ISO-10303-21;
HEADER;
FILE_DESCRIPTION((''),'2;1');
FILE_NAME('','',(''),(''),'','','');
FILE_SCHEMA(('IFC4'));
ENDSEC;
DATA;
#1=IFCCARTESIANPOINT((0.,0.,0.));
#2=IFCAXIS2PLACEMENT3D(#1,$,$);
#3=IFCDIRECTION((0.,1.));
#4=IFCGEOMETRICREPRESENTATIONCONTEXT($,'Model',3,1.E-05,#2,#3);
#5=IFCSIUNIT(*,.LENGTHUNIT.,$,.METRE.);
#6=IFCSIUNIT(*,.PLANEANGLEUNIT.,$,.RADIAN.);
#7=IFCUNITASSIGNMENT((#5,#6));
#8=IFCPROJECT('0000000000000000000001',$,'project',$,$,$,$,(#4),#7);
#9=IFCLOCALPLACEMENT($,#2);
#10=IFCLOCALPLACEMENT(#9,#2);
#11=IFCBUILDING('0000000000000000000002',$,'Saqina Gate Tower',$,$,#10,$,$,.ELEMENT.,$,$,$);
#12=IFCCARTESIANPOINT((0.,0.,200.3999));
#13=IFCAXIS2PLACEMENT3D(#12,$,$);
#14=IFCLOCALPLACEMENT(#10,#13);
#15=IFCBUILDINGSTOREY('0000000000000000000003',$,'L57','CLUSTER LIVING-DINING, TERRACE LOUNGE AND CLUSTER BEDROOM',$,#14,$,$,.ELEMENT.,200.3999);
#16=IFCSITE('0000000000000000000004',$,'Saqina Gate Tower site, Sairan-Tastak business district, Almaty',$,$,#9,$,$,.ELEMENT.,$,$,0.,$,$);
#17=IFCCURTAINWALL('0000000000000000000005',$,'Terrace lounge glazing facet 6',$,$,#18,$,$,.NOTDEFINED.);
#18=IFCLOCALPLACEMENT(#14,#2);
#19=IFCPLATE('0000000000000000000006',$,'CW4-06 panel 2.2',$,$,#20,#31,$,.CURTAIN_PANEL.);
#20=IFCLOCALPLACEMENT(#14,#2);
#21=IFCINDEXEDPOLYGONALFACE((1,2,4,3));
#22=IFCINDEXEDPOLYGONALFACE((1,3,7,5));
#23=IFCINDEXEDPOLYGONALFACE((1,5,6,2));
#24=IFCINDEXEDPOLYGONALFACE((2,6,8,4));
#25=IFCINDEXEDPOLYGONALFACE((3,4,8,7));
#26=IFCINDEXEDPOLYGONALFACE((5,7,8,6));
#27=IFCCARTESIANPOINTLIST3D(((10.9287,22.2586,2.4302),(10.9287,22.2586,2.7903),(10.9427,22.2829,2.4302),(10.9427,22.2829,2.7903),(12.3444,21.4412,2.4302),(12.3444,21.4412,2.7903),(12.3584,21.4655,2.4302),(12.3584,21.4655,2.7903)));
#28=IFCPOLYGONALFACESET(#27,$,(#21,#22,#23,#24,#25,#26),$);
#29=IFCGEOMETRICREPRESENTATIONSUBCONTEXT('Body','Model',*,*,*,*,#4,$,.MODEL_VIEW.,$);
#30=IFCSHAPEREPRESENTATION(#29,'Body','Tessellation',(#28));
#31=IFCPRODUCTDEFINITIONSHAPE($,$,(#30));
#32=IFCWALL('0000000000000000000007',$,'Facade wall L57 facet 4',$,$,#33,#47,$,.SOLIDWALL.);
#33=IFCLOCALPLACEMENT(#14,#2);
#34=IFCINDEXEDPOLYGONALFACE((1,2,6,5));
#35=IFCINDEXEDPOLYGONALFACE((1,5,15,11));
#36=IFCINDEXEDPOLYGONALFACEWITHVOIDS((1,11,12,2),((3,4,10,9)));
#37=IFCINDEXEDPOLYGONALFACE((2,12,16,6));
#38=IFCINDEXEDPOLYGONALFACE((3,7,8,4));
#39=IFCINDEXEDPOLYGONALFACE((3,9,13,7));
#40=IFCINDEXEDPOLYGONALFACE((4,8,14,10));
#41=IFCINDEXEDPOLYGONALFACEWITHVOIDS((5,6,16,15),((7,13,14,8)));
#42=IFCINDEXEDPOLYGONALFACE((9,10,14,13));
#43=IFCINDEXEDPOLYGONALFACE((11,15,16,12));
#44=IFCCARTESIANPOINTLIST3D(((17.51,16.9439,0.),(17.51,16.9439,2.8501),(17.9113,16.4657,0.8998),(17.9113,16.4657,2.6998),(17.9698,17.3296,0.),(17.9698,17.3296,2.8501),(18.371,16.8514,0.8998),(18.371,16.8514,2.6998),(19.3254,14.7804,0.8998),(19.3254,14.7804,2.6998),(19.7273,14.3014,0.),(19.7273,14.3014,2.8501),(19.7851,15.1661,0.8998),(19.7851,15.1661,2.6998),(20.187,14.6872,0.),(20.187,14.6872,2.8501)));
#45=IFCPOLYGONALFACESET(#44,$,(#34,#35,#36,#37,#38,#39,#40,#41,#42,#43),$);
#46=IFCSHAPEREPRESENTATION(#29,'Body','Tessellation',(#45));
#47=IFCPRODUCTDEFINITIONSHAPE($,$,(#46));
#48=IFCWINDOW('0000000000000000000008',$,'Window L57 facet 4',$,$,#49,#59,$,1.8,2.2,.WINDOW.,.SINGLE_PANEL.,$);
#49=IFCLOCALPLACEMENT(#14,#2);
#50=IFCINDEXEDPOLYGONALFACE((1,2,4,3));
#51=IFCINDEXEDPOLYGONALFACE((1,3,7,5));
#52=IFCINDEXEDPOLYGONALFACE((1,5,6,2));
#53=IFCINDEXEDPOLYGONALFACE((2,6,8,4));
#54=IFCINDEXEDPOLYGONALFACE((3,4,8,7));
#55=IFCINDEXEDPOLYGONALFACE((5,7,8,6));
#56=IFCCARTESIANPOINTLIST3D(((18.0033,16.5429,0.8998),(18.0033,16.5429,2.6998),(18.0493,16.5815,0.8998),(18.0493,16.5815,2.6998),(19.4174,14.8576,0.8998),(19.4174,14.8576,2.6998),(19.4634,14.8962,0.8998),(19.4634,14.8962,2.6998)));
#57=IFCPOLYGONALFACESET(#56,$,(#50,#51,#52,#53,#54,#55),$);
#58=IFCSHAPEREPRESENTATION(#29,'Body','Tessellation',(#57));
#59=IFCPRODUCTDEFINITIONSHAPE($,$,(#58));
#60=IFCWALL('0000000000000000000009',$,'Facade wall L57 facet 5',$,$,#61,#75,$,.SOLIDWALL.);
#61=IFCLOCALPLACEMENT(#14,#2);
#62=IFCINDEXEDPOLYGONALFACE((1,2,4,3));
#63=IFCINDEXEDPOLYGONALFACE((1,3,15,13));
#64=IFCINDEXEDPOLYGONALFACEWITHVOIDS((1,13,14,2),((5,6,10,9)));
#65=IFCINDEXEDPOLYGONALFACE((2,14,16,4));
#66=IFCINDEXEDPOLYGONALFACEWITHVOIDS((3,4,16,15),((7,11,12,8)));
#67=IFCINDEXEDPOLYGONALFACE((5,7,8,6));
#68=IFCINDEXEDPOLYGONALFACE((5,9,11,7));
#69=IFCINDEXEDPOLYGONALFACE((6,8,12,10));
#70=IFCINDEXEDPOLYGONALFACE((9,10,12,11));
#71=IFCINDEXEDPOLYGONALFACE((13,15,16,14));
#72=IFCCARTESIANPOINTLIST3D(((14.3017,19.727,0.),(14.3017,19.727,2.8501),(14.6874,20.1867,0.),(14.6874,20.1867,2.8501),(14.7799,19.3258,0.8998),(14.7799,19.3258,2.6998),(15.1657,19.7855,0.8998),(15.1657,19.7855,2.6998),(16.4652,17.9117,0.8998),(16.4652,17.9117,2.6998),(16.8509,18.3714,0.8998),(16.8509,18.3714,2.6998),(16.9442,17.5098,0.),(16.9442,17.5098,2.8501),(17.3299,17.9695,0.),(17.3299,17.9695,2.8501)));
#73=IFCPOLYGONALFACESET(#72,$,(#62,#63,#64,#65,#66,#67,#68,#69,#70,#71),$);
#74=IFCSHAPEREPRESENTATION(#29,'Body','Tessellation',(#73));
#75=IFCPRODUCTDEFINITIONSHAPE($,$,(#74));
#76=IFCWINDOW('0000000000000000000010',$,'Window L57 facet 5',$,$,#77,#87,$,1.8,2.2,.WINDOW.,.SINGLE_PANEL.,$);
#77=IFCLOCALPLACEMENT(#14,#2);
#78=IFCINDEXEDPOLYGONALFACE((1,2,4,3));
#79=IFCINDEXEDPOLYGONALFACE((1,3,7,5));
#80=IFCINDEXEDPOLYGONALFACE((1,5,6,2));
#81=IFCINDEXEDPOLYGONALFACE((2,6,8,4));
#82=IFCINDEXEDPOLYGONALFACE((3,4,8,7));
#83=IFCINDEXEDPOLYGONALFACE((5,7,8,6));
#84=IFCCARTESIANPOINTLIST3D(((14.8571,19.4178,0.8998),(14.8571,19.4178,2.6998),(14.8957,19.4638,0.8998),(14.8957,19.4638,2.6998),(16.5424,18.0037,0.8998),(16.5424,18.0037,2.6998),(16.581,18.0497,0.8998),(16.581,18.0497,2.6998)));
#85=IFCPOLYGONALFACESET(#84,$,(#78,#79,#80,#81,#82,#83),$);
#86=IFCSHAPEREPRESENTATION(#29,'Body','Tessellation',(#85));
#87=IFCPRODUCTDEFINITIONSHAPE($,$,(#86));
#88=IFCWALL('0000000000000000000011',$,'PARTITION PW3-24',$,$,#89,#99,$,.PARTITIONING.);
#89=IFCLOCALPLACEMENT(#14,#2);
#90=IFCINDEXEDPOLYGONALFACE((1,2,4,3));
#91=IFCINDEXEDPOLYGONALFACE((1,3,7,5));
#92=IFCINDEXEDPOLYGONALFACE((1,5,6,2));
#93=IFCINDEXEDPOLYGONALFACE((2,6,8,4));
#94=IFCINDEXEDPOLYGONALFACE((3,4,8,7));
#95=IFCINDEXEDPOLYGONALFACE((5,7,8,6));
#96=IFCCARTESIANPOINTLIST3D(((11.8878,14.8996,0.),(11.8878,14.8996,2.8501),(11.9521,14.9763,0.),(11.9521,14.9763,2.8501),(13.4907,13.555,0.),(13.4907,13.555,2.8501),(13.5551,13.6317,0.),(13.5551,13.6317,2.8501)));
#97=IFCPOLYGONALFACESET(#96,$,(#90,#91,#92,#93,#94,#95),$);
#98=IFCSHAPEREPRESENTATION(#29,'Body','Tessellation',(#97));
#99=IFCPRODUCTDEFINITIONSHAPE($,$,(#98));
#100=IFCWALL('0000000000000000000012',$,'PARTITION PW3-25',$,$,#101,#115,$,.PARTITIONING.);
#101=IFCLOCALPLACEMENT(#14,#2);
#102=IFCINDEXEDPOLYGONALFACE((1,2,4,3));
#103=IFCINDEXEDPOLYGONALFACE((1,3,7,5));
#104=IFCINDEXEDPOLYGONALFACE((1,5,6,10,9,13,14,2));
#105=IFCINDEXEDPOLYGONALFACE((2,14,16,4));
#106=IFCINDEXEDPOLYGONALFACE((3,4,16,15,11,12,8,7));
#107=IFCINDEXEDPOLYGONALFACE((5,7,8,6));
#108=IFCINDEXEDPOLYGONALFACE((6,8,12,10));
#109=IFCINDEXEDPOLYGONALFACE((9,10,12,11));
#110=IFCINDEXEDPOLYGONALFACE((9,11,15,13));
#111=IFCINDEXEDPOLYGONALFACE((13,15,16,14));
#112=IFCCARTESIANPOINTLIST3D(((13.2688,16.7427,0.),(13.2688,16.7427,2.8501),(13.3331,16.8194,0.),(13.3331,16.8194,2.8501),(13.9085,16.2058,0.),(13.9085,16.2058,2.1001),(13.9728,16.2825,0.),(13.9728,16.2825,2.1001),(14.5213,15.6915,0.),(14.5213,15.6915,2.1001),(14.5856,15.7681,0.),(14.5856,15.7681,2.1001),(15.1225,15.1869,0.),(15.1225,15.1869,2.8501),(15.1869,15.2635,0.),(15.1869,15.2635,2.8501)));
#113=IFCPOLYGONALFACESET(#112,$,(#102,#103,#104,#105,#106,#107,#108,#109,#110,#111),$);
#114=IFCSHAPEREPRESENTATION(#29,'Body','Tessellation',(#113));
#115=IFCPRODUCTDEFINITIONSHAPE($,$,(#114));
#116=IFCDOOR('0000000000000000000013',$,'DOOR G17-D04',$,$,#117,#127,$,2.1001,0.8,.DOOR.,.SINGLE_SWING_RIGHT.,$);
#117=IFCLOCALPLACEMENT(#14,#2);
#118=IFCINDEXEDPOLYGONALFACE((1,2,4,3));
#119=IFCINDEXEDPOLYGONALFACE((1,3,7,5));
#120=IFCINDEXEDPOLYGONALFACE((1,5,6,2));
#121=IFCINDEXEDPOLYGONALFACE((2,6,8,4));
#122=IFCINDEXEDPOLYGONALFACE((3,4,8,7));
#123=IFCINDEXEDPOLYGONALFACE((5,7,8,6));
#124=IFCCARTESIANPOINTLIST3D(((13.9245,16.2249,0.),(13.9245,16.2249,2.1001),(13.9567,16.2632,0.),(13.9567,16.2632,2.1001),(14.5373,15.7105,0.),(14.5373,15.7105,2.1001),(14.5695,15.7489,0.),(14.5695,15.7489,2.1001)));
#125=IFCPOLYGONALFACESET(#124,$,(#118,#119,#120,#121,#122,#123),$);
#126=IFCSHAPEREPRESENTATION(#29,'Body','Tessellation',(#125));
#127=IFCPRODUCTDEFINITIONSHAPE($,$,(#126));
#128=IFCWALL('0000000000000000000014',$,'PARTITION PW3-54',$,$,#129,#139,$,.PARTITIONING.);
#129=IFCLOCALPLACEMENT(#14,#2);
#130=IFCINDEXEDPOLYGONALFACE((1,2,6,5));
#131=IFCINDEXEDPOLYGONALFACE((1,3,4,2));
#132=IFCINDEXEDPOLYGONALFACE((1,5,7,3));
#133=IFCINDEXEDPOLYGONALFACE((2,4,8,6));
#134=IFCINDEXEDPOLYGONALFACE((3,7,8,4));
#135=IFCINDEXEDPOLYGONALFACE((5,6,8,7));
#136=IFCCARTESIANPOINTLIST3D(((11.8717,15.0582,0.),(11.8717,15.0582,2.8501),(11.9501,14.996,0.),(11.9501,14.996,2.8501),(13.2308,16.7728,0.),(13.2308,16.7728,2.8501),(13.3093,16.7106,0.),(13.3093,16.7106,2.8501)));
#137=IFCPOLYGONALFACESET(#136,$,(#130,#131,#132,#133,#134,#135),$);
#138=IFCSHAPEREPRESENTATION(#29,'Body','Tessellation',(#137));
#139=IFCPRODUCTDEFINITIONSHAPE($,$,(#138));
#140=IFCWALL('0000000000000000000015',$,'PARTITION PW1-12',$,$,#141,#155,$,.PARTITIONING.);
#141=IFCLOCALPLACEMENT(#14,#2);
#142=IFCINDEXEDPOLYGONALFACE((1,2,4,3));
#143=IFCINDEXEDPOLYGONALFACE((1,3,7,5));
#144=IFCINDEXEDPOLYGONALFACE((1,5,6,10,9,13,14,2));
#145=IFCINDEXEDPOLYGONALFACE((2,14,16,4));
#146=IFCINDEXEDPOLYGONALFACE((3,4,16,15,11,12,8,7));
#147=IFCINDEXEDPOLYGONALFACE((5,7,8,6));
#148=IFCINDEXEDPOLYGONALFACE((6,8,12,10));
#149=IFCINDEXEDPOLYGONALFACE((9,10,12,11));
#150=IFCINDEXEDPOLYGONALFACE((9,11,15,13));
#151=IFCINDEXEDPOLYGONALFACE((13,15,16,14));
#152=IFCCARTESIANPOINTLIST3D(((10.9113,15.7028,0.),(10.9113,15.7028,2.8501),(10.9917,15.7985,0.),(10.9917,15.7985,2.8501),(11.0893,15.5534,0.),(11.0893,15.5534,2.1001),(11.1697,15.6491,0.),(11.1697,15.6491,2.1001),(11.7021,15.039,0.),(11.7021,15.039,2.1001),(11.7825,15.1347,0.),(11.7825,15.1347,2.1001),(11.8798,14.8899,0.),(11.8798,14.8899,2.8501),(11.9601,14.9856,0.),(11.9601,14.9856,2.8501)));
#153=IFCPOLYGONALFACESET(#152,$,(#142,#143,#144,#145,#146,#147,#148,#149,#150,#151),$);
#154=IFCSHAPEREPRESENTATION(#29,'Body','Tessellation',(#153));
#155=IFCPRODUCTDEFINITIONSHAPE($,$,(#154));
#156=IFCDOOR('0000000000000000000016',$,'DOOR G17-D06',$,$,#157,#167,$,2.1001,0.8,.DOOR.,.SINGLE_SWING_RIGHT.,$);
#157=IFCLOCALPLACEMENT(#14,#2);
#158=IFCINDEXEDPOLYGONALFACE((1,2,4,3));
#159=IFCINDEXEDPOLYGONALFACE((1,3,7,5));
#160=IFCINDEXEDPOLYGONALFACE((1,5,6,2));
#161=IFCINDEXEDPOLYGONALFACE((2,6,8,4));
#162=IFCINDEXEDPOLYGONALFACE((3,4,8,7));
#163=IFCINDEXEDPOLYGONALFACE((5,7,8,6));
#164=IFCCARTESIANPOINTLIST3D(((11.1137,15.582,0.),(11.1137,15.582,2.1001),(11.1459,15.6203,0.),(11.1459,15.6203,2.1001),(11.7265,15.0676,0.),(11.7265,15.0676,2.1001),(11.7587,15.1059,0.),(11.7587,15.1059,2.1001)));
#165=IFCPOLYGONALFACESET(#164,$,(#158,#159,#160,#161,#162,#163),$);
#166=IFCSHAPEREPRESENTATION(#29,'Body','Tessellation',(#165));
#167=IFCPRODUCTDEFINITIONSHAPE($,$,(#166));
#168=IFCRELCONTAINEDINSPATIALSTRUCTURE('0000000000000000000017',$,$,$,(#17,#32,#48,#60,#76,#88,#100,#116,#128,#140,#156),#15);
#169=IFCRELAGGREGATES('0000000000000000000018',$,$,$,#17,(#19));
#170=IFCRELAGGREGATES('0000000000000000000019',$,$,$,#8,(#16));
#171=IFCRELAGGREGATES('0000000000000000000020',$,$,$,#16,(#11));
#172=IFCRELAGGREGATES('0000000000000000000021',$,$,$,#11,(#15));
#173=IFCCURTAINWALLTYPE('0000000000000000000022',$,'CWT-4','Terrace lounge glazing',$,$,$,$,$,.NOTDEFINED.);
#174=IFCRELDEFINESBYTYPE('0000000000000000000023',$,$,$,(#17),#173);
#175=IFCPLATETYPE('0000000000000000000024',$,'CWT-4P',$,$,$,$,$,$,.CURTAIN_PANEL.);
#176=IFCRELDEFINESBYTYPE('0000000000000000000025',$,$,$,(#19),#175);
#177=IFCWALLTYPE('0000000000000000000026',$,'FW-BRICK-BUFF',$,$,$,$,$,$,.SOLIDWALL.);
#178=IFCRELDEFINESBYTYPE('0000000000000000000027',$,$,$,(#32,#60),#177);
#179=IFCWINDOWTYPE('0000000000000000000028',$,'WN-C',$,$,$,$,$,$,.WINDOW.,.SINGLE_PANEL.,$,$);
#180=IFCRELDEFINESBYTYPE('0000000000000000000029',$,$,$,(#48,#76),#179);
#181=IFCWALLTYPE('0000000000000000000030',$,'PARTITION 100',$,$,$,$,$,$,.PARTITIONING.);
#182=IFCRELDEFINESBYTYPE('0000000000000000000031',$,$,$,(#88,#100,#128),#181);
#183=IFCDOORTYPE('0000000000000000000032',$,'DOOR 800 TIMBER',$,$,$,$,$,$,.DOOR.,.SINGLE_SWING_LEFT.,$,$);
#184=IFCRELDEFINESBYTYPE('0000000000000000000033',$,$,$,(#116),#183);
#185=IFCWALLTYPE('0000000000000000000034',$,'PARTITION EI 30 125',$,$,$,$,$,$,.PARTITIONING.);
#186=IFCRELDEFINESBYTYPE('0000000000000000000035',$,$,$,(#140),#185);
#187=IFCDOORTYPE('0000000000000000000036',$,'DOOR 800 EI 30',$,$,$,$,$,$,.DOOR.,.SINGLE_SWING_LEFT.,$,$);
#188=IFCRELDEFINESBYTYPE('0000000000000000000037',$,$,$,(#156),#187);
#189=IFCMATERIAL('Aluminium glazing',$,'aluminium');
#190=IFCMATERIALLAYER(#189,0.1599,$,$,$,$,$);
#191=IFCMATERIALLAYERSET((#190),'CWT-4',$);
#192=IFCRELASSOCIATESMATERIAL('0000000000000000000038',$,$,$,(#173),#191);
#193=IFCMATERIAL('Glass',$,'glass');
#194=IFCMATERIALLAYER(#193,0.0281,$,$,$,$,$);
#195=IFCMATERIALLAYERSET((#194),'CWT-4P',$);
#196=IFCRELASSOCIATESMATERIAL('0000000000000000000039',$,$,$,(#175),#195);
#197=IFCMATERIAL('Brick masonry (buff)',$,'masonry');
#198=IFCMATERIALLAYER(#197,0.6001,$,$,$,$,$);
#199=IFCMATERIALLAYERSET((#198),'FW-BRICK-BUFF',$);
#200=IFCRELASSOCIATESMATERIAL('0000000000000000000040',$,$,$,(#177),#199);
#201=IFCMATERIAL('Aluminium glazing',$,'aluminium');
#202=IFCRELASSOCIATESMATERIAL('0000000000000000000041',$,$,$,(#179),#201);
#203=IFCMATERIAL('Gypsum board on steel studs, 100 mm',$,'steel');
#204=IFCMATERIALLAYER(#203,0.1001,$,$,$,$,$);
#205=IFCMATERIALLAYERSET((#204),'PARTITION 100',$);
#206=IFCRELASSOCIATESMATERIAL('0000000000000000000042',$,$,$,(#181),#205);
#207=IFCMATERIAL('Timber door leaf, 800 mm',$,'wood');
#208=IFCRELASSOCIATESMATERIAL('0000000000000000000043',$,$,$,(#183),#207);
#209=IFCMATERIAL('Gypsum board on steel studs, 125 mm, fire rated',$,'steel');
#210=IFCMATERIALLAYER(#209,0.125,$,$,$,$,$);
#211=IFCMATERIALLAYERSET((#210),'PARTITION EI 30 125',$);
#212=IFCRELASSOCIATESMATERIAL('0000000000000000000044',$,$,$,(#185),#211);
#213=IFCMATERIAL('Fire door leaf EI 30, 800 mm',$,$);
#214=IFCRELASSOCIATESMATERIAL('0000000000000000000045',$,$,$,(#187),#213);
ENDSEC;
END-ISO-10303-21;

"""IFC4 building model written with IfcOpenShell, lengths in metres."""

from ifc_helpers import new_model, si_unit, direction, frame, frame_2d, origin, origin_2d, place, context, subcontext, project, spatial, rectangle, extrude, material, layer, layer_set, type_object, element, fill, aggregate, save


model = new_model("IFC4")

# Units and contexts
model_context = context("Model", 3, precision=1e-05, world=origin(), true_north=direction((0.0, 1.0)))
body_context = subcontext(model_context, "Body", "Model", "MODEL_VIEW")
ifc_project = project(units=[si_unit("LENGTHUNIT", "METRE"), si_unit("PLANEANGLEUNIT", "RADIAN")], contexts=[model_context])

# Site, building, storey
site_placement = place(None, origin())
site = spatial("IfcSite", under=ifc_project, at=site_placement, Name="Saqina Gate Tower site, Sairan-Tastak business district, Almaty", CompositionType="ELEMENT", RefElevation=0.0)
building_placement = place(site_placement, origin())
building = spatial("IfcBuilding", under=site, at=building_placement, Name="Saqina Gate Tower", CompositionType="ELEMENT")
storey_placement = place(building_placement, frame((0.0, 0.0, 200.3999)))
storey = spatial("IfcBuildingStorey", under=building, at=storey_placement, Name="L57", Description="CLUSTER LIVING-DINING, TERRACE LOUNGE AND CLUSTER BEDROOM", CompositionType="ELEMENT", Elevation=200.3999)

# Curtain wall, plate
ifc_material_1 = material(Name="Aluminium glazing", Category="aluminium")
ifc_layer_1 = layer(ifc_material_1, 0.1599)
ifc_layer_set_1 = layer_set([ifc_layer_1], Name="CWT-4")
curtain_wall_type = type_object("IfcCurtainWallType", Name="CWT-4", Description="Terrace lounge glazing", PredefinedType="NOTDEFINED", material=ifc_layer_set_1)
curtain_wall_placement = place(storey_placement, origin())
curtain_wall = element("IfcCurtainWall", 1, at=curtain_wall_placement, inside=storey, type_object=curtain_wall_type, Name="Terrace lounge glazing facet 6", PredefinedType="NOTDEFINED")
ifc_material_2 = material(Name="Glass", Category="glass")
ifc_layer_2 = layer(ifc_material_2, 0.0281)
ifc_layer_set_2 = layer_set([ifc_layer_2], Name="CWT-4P")
plate_type = type_object("IfcPlateType", Name="CWT-4P", PredefinedType="CURTAIN_PANEL", material=ifc_layer_set_2)
plate_1_placement = place(storey_placement, frame((11.6436, 21.8621, 2.4302), z_axis=(0.0, 0.0, 1.0), x_axis=(-0.866017, 0.500014, 0.0)))
plate_1 = element("IfcPlate", 2, at=plate_1_placement, type_object=plate_type, Name="CW4-06 panel 2.2", PredefinedType="CURTAIN_PANEL", context=body_context, shape_type="SweptSolid", body=[
    extrude(rectangle(XDim=1.6348, YDim=0.0281, at=origin_2d()), origin(), (0.0, 0.0, 1.0), 0.3601),
])
aggregate(curtain_wall, [plate_1])

# Walls, openings, windows
ifc_material_3 = material(Name="Brick masonry (buff)", Category="masonry")
ifc_layer_3 = layer(ifc_material_3, 0.6001)
ifc_layer_set_3 = layer_set([ifc_layer_3], Name="FW-BRICK-BUFF")
wall_type_1 = type_object("IfcWallType", Name="FW-BRICK-BUFF", PredefinedType="SOLIDWALL", material=ifc_layer_set_3)
wall_1_placement = place(storey_placement, frame((19.957, 14.4944, 0.0), z_axis=(0.0, 0.0, 1.0), x_axis=(-0.64277, 0.766059, 0.0)))
wall_1 = element("IfcWall", 3, at=wall_1_placement, inside=storey, type_object=wall_type_1, Name="Facade wall L57 facet 4", PredefinedType="SOLIDWALL", context=body_context, shape_type="SweptSolid", body=[
    extrude(rectangle(XDim=3.4495, YDim=0.6001, at=frame_2d((1.7246, 0.0))), origin(), (0.0, 0.0, 1.0), 2.8501),
])
opening_1_placement = place(wall_1_placement, frame((0.625, 0.0, 0.8999)))
opening_1 = element("IfcOpeningElement", 4, at=opening_1_placement, cuts=wall_1, PredefinedType="OPENING", context=body_context, shape_type="SweptSolid", body=[
    extrude(rectangle(XDim=2.2, YDim=1.8, at=frame_2d((1.1001, 0.8999))), frame((0.0, 0.312, 0.0), z_axis=(0.0, -1.0, 0.0), x_axis=(1.0, 0.0, 0.0)), (0.0, 0.0, 1.0), 0.624),
])
ifc_material_4 = material(Name="Aluminium glazing", Category="aluminium")
window_type = type_object("IfcWindowType", Name="WN-C", PartitioningType="SINGLE_PANEL", PredefinedType="WINDOW", material=ifc_material_4)
window_1_placement = place(opening_1_placement, origin())
window_1 = element("IfcWindow", 5, at=window_1_placement, inside=storey, type_object=window_type, Name="Window L57 facet 4", OverallHeight=1.8, OverallWidth=2.2, PartitioningType="SINGLE_PANEL", PredefinedType="WINDOW", context=body_context, shape_type="SweptSolid", body=[
    extrude(rectangle(XDim=2.2, YDim=1.8, at=frame_2d((1.1001, 0.8999))), frame((0.0, 0.1799, 0.0), z_axis=(0.0, -1.0, 0.0), x_axis=(1.0, 0.0, 0.0)), (0.0, 0.0, 1.0), 0.0601),
])
fill(opening_1, window_1)
wall_2_placement = place(storey_placement, frame((17.137, 17.7397, 0.0), z_axis=(0.0, 0.0, 1.0), x_axis=(-0.766059, 0.64277, 0.0)))
wall_2 = element("IfcWall", 6, at=wall_2_placement, inside=storey, type_object=wall_type_1, Name="Facade wall L57 facet 5", PredefinedType="SOLIDWALL", context=body_context, shape_type="SweptSolid", body=[
    extrude(rectangle(XDim=3.4495, YDim=0.6001, at=frame_2d((1.7246, 0.0))), origin(), (0.0, 0.0, 1.0), 2.8501),
])
opening_2_placement = place(wall_2_placement, frame((0.625, 0.0, 0.8999)))
opening_2 = element("IfcOpeningElement", 7, at=opening_2_placement, cuts=wall_2, PredefinedType="OPENING", context=body_context, shape_type="SweptSolid", body=[
    extrude(rectangle(XDim=2.2, YDim=1.8, at=frame_2d((1.1001, 0.8999))), frame((0.0, 0.312, 0.0), z_axis=(0.0, -1.0, 0.0), x_axis=(1.0, 0.0, 0.0)), (0.0, 0.0, 1.0), 0.624),
])
window_2_placement = place(opening_2_placement, origin())
window_2 = element("IfcWindow", 8, at=window_2_placement, inside=storey, type_object=window_type, Name="Window L57 facet 5", OverallHeight=1.8, OverallWidth=2.2, PartitioningType="SINGLE_PANEL", PredefinedType="WINDOW", context=body_context, shape_type="SweptSolid", body=[
    extrude(rectangle(XDim=2.2, YDim=1.8, at=frame_2d((1.1001, 0.8999))), frame((0.0, 0.1799, 0.0), z_axis=(0.0, -1.0, 0.0), x_axis=(1.0, 0.0, 0.0)), (0.0, 0.0, 1.0), 0.0601),
])
fill(opening_2, window_2)

# Wall
ifc_material_5 = material(Name="Gypsum board on steel studs, 100 mm", Category="steel")
ifc_layer_4 = layer(ifc_material_5, 0.1001)
ifc_layer_set_4 = layer_set([ifc_layer_4], Name="PARTITION 100")
wall_type_2 = type_object("IfcWallType", Name="PARTITION 100", PredefinedType="PARTITIONING", material=ifc_layer_set_4)
wall_3_placement = place(storey_placement, frame((11.9199, 14.938, 0.0), z_axis=(0.0, 0.0, 1.0), x_axis=(0.766132, -0.642683, 0.0)))
element("IfcWall", 9, at=wall_3_placement, inside=storey, type_object=wall_type_2, Name="PARTITION PW3-24", PredefinedType="PARTITIONING", context=body_context, shape_type="SweptSolid", body=[
    extrude(rectangle(XDim=2.0923, YDim=0.1001, at=frame_2d((1.0461, 0.0))), origin(), (0.0, 0.0, 1.0), 2.8501),
])

# Wall, opening, door
wall_4_placement = place(storey_placement, frame((13.301, 16.781, 0.0), z_axis=(0.0, 0.0, 1.0), x_axis=(0.765959, -0.642889, 0.0)))
wall_4 = element("IfcWall", 10, at=wall_4_placement, inside=storey, type_object=wall_type_2, Name="PARTITION PW3-25", PredefinedType="PARTITIONING", context=body_context, shape_type="SweptSolid", body=[
    extrude(rectangle(XDim=2.4202, YDim=0.1001, at=frame_2d((1.21, 0.0))), origin(), (0.0, 0.0, 1.0), 2.8501),
])
opening_3_placement = place(wall_4_placement, frame((0.8352, 0.0, 0.0)))
opening_3 = element("IfcOpeningElement", 11, at=opening_3_placement, cuts=wall_4, PredefinedType="OPENING", context=body_context, shape_type="SweptSolid", body=[
    extrude(rectangle(XDim=0.8, YDim=2.1001, at=frame_2d((0.3999, 1.05))), frame((0.0, 0.062, 0.0), z_axis=(0.0, -1.0, 0.0), x_axis=(1.0, 0.0, 0.0)), (0.0, 0.0, 1.0), 0.124),
])
ifc_material_6 = material(Name="Timber door leaf, 800 mm", Category="wood")
door_type_1 = type_object("IfcDoorType", Name="DOOR 800 TIMBER", OperationType="SINGLE_SWING_LEFT", PredefinedType="DOOR", material=ifc_material_6)
door_1_placement = place(opening_3_placement, origin())
door_1 = element("IfcDoor", 12, at=door_1_placement, inside=storey, type_object=door_type_1, Name="DOOR G17-D04", OperationType="SINGLE_SWING_RIGHT", OverallHeight=2.1001, OverallWidth=0.8, PredefinedType="DOOR", context=body_context, shape_type="SweptSolid", body=[
    extrude(rectangle(XDim=0.8, YDim=2.1001, at=frame_2d((0.3999, 1.05))), frame((0.0, 0.0249, 0.0), z_axis=(0.0, -1.0, 0.0), x_axis=(1.0, 0.0, 0.0)), (0.0, 0.0, 1.0), 0.05),
])
fill(opening_3, door_1)

# Wall
wall_5_placement = place(storey_placement, frame((11.9109, 15.0271, 0.0), z_axis=(0.0, 0.0, 1.0), x_axis=(0.621192, 0.783659, 0.0)))
element("IfcWall", 13, at=wall_5_placement, inside=storey, type_object=wall_type_2, Name="PARTITION PW3-54", PredefinedType="PARTITIONING", context=body_context, shape_type="SweptSolid", body=[
    extrude(rectangle(XDim=2.188, YDim=0.1001, at=frame_2d((1.094, 0.0))), origin(), (0.0, 0.0, 1.0), 2.8501),
])

# Wall, opening, door
ifc_material_7 = material(Name="Gypsum board on steel studs, 125 mm, fire rated", Category="steel")
ifc_layer_5 = layer(ifc_material_7, 0.125)
ifc_layer_set_5 = layer_set([ifc_layer_5], Name="PARTITION EI 30 125")
wall_type_3 = type_object("IfcWallType", Name="PARTITION EI 30 125", PredefinedType="PARTITIONING", material=ifc_layer_set_5)
wall_6_placement = place(storey_placement, frame((10.9514, 15.7507, 0.0), z_axis=(0.0, 0.0, 1.0), x_axis=(0.765922, -0.642934, 0.0)))
wall_6 = element("IfcWall", 14, at=wall_6_placement, inside=storey, type_object=wall_type_3, Name="PARTITION PW1-12", PredefinedType="PARTITIONING", context=body_context, shape_type="SweptSolid", body=[
    extrude(rectangle(XDim=1.2644, YDim=0.125, at=frame_2d((0.6323, 0.0))), origin(), (0.0, 0.0, 1.0), 2.8501),
])
opening_4_placement = place(wall_6_placement, frame((0.2327, 0.0, 0.0)))
opening_4 = element("IfcOpeningElement", 15, at=opening_4_placement, cuts=wall_6, PredefinedType="OPENING", context=body_context, shape_type="SweptSolid", body=[
    extrude(rectangle(XDim=0.8, YDim=2.1001, at=frame_2d((0.3999, 1.05))), frame((0.0, 0.0745, 0.0), z_axis=(0.0, -1.0, 0.0), x_axis=(1.0, 0.0, 0.0)), (0.0, 0.0, 1.0), 0.1489),
])
ifc_material_8 = material(Name="Fire door leaf EI 30, 800 mm")
door_type_2 = type_object("IfcDoorType", Name="DOOR 800 EI 30", OperationType="SINGLE_SWING_LEFT", PredefinedType="DOOR", material=ifc_material_8)
door_2_placement = place(opening_4_placement, frame((0.8, 0.0, 0.0), z_axis=(0.0, 0.0, 1.0), x_axis=(-1.0, 0.0, 0.0)))
door_2 = element("IfcDoor", 16, at=door_2_placement, inside=storey, type_object=door_type_2, Name="DOOR G17-D06", OperationType="SINGLE_SWING_RIGHT", OverallHeight=2.1001, OverallWidth=0.8, PredefinedType="DOOR", context=body_context, shape_type="SweptSolid", body=[
    extrude(rectangle(XDim=0.8, YDim=2.1001, at=frame_2d((0.3999, 1.05))), frame((0.0, 0.0249, 0.0), z_axis=(0.0, -1.0, 0.0), x_axis=(1.0, 0.0, 0.0)), (0.0, 0.0, 1.0), 0.05),
])
fill(opening_4, door_2)

save(model, "model.ifc")
